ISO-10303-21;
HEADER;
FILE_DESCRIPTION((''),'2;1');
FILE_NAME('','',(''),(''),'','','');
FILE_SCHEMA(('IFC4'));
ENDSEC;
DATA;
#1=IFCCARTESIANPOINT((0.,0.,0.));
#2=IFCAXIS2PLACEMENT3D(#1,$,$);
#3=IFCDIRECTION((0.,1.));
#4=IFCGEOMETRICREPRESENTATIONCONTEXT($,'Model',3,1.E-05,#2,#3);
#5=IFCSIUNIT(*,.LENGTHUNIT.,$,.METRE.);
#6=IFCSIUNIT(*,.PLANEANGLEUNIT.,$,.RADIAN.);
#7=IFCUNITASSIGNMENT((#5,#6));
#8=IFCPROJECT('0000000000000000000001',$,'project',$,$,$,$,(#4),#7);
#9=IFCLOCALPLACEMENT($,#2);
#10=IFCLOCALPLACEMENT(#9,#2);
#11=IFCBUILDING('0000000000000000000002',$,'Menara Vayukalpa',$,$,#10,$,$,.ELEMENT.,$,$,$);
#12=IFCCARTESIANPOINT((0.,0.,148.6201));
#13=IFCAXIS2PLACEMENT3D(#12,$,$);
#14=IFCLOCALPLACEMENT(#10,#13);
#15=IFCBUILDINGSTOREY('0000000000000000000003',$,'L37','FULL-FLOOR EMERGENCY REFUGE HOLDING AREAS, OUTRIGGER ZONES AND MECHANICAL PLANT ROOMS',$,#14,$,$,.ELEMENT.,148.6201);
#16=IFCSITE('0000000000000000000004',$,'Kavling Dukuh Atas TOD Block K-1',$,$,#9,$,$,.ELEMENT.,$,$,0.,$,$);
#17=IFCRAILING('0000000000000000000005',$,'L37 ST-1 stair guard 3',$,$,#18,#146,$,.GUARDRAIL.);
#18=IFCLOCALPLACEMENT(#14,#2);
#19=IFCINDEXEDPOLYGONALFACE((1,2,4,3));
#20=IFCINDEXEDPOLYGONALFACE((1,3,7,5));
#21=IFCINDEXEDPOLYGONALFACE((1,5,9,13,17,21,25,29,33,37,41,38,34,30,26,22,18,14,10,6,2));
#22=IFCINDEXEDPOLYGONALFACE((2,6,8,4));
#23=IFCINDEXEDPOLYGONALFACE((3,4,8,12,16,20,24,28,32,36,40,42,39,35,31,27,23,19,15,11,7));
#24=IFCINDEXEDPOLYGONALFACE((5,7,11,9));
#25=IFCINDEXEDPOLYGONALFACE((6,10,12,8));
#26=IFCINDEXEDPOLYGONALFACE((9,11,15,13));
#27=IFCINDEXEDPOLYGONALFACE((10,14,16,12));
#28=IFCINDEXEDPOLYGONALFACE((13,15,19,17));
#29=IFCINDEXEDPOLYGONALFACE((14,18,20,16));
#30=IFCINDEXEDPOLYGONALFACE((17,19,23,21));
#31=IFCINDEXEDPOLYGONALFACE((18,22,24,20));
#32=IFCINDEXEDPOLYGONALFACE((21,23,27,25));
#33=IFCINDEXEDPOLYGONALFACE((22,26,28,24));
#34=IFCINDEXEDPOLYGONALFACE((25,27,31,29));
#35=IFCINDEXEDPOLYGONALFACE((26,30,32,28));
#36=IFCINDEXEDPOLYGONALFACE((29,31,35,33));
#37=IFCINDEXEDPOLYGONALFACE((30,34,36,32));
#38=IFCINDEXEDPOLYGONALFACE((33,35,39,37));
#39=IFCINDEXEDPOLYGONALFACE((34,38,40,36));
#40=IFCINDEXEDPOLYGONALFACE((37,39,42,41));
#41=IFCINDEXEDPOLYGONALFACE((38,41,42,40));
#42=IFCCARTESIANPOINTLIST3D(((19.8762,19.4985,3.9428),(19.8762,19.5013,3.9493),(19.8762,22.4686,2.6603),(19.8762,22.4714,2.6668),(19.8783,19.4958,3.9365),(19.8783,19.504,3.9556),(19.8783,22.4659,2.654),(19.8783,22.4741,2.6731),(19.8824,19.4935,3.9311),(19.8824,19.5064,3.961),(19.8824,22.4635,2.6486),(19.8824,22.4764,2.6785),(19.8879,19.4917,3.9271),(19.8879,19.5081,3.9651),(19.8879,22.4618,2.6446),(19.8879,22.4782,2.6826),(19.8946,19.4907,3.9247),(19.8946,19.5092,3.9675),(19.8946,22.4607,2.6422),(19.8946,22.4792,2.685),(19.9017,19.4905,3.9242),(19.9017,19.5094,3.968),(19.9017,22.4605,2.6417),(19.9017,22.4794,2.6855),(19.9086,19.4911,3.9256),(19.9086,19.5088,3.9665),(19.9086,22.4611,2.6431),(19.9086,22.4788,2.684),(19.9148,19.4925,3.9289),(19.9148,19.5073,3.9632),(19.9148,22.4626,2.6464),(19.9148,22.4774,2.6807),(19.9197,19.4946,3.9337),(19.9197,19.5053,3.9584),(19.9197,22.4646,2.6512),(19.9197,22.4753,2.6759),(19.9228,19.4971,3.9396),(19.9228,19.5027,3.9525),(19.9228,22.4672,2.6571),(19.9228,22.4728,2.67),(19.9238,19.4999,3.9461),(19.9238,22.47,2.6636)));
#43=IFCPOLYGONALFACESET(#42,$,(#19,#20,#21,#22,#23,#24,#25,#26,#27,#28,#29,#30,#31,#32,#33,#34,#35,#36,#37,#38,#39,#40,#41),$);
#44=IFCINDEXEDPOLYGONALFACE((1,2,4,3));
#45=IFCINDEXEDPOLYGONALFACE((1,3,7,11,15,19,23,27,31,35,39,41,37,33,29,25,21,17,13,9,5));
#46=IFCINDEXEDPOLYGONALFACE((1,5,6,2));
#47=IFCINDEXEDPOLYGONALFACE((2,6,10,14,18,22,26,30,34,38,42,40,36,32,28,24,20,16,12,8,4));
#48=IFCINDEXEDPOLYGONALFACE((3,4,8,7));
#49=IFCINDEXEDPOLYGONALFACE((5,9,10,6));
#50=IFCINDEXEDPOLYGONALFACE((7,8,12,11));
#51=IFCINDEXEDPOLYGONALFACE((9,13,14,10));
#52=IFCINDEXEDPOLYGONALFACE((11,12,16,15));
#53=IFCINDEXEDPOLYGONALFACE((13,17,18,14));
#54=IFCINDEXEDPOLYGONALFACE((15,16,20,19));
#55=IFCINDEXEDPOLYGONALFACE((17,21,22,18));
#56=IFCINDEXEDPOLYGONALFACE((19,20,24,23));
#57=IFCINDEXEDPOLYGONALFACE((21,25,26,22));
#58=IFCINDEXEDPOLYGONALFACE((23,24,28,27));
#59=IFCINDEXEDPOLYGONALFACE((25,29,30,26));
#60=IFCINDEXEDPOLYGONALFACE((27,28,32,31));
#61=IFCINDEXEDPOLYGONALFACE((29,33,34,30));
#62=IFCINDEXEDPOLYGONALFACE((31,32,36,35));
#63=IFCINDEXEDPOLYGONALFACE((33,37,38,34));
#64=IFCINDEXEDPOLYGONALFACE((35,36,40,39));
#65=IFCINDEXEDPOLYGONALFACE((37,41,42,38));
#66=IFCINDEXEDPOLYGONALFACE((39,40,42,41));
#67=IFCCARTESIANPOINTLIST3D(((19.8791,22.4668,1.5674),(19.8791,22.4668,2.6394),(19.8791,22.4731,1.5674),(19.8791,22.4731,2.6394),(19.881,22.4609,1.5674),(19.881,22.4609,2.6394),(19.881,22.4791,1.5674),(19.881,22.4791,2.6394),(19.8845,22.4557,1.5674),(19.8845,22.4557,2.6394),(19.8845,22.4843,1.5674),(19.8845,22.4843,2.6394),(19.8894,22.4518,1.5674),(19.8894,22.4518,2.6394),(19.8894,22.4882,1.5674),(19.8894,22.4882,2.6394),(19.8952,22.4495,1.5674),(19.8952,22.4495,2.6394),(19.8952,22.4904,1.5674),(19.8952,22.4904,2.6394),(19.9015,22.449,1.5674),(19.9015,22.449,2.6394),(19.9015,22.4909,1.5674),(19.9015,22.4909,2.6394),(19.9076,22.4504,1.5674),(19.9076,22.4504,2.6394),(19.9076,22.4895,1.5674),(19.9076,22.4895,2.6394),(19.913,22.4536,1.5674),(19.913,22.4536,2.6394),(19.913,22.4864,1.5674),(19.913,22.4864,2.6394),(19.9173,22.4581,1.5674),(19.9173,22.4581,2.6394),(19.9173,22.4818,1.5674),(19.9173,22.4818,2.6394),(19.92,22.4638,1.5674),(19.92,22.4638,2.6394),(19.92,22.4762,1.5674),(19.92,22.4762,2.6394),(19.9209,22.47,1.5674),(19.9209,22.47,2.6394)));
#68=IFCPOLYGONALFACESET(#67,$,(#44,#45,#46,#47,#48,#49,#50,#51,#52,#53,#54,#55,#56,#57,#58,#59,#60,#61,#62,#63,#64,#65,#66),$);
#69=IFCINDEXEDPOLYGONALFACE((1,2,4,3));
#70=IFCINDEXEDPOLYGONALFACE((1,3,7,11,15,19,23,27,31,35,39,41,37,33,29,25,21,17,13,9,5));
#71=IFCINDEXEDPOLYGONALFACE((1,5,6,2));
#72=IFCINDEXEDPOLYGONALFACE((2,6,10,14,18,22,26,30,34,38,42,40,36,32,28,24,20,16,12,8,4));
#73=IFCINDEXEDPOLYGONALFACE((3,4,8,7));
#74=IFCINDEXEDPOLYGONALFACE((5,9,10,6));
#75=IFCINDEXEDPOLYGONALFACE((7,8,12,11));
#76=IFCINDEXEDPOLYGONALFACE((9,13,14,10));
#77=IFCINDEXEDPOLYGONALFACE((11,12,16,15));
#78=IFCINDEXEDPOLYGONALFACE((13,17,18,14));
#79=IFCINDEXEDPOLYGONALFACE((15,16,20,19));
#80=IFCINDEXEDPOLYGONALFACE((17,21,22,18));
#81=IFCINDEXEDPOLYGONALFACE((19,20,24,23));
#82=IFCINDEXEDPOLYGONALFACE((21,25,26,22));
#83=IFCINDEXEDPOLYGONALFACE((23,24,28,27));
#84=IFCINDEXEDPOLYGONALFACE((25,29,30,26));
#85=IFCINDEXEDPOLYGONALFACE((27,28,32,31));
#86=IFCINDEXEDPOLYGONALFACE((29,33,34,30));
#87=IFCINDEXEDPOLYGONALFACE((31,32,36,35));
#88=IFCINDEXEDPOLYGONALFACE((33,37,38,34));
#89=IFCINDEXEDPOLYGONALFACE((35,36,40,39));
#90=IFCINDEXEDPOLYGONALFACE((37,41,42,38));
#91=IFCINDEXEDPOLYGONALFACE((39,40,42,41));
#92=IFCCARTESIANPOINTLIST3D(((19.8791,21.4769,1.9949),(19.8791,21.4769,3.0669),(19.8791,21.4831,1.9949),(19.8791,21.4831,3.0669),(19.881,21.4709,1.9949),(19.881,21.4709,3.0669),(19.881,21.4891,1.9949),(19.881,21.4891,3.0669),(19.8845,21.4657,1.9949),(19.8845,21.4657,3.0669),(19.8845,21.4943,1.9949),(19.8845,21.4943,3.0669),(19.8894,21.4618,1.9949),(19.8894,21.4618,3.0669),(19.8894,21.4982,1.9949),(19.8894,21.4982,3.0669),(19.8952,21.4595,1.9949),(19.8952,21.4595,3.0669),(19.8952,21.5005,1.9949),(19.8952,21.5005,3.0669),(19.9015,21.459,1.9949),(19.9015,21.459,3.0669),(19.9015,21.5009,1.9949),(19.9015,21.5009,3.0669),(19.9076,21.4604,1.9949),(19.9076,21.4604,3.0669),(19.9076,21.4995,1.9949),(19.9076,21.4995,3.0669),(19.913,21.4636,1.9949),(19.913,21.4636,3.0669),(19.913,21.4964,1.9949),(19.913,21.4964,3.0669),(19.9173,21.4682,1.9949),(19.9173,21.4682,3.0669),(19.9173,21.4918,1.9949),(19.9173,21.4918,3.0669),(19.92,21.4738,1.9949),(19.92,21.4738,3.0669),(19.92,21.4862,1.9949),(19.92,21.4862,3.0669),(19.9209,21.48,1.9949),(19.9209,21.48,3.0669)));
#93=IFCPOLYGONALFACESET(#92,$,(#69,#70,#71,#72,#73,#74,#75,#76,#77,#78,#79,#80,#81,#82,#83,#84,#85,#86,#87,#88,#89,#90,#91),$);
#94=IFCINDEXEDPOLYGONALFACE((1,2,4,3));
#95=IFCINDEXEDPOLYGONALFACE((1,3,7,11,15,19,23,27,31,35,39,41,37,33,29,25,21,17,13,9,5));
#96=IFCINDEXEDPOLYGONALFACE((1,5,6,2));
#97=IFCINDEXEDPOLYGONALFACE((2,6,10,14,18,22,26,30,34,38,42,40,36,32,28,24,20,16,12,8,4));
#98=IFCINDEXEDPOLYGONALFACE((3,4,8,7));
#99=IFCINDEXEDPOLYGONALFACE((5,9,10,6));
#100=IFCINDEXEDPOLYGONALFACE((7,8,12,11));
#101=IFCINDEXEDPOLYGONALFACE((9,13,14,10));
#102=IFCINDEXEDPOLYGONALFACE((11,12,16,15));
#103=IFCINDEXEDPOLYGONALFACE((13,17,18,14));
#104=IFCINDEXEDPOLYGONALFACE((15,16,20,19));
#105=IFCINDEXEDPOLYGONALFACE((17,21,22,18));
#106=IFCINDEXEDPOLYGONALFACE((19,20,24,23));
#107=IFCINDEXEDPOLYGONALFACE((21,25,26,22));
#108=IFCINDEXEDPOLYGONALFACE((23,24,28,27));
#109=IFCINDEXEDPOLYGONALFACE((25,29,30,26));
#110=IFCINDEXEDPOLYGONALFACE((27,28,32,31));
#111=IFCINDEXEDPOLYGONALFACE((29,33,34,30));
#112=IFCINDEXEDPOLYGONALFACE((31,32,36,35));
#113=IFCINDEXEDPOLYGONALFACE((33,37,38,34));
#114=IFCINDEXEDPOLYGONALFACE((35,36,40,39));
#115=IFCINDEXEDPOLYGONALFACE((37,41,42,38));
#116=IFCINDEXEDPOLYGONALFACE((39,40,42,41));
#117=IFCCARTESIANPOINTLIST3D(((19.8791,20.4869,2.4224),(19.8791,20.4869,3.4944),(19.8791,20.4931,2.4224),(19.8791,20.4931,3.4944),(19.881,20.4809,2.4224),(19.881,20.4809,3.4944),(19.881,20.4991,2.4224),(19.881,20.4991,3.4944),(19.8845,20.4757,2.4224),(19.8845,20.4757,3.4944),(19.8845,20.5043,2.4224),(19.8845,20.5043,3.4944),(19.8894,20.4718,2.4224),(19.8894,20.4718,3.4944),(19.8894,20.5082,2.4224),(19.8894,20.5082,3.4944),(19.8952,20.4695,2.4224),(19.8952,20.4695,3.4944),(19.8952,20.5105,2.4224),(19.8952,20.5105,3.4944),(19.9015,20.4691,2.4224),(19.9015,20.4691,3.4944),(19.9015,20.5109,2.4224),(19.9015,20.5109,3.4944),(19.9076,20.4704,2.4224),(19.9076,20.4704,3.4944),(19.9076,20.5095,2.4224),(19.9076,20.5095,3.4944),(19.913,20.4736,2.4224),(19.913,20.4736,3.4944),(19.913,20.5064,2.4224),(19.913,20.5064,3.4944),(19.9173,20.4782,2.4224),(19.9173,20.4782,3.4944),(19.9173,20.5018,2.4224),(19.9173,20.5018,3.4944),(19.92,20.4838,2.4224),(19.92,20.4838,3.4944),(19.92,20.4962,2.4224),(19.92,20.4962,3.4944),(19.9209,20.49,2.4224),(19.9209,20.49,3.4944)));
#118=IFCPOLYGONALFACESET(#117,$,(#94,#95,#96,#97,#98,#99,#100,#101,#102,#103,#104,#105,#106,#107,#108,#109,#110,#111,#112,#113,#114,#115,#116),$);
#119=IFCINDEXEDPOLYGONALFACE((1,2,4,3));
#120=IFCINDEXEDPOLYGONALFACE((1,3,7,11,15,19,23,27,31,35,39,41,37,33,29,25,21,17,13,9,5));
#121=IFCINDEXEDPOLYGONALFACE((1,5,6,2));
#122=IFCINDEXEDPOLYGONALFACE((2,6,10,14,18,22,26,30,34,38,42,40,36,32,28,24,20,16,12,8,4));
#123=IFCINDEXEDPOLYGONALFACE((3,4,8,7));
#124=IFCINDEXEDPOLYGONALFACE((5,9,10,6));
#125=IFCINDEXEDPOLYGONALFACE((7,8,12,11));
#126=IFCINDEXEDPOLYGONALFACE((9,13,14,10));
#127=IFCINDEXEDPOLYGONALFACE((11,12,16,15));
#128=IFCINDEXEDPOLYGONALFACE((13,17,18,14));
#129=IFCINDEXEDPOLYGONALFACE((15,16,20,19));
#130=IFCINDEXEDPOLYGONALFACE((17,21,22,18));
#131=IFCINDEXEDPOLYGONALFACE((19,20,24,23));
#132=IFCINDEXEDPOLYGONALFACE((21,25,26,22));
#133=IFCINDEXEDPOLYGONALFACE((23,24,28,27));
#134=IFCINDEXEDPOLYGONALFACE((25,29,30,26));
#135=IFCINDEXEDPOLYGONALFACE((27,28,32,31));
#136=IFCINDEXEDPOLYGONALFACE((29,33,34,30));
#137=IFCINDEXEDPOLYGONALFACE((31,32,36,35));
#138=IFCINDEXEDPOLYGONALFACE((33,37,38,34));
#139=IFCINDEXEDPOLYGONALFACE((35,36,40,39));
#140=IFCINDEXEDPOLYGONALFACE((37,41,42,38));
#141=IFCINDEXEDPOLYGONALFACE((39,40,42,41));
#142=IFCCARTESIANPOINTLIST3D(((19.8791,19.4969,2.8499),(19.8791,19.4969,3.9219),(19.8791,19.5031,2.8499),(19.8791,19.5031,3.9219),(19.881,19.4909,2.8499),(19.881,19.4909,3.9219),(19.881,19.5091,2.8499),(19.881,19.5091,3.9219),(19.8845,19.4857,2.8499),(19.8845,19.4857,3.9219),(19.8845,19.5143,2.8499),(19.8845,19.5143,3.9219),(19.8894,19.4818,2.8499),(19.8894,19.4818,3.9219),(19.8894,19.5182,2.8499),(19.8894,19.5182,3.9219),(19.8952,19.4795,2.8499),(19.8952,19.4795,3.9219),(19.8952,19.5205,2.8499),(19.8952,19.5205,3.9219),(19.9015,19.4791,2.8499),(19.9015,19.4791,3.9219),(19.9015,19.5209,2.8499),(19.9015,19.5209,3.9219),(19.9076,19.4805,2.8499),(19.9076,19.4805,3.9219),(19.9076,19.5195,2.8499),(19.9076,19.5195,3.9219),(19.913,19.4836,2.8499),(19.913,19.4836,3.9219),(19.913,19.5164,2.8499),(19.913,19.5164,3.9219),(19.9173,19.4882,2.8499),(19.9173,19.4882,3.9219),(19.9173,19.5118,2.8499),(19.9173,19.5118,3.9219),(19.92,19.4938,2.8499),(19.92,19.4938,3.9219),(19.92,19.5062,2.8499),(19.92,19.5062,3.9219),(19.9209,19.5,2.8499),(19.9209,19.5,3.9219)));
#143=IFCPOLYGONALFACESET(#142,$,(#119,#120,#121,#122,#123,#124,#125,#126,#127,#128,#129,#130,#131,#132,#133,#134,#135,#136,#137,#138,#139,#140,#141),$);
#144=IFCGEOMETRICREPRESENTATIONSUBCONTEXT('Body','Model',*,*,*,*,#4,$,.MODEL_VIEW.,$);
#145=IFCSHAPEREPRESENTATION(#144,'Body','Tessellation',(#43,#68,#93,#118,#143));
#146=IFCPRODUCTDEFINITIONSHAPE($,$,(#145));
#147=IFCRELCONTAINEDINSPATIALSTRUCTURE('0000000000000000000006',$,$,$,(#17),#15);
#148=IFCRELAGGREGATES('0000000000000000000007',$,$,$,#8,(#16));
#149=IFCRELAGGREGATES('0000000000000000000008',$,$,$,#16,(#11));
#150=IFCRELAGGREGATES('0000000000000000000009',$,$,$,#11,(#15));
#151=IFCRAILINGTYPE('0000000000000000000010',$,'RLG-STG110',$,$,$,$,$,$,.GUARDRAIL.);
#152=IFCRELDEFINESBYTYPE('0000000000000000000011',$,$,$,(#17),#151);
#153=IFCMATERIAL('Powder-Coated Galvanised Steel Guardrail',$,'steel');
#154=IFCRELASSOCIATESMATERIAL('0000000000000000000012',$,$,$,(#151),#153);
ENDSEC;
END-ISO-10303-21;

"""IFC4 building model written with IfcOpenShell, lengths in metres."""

from ifc_helpers import new_model, si_unit, direction, frame, origin, origin_2d, place, context, subcontext, project, spatial, circle, extrude, material, type_object, element, save


model = new_model("IFC4")

# Units and contexts
model_context = context("Model", 3, precision=1e-05, world=origin(), true_north=direction((0.0, 1.0)))
body_context = subcontext(model_context, "Body", "Model", "MODEL_VIEW")
ifc_project = project(units=[si_unit("LENGTHUNIT", "METRE"), si_unit("PLANEANGLEUNIT", "RADIAN")], contexts=[model_context])

# Site, building, storey
site_placement = place(None, origin())
site = spatial("IfcSite", under=ifc_project, at=site_placement, Name="Kavling Dukuh Atas TOD Block K-1", CompositionType="ELEMENT", RefElevation=0.0)
building_placement = place(site_placement, origin())
building = spatial("IfcBuilding", under=site, at=building_placement, Name="Menara Vayukalpa", CompositionType="ELEMENT")
storey_placement = place(building_placement, frame((0.0, 0.0, 148.6201)))
storey = spatial("IfcBuildingStorey", under=building, at=storey_placement, Name="L37", Description="FULL-FLOOR EMERGENCY REFUGE HOLDING AREAS, OUTRIGGER ZONES AND MECHANICAL PLANT ROOMS", CompositionType="ELEMENT", Elevation=148.6201)

# Railing
ifc_material_1 = material(Name="Powder-Coated Galvanised Steel Guardrail", Category="steel")
railing_type_1 = type_object("IfcRailingType", Name="RLG-STG110", PredefinedType="GUARDRAIL", material=ifc_material_1)
railing_1_placement = place(storey_placement, frame((19.8999, 22.47, 1.5674)))
element("IfcRailing", 1, at=railing_1_placement, inside=storey, type_object=railing_type_1, Name="L37 ST-1 stair guard 3", PredefinedType="GUARDRAIL", context=body_context, shape_type="SweptSolid", body=[
    extrude(circle(Radius=0.0239, at=origin_2d()), frame((0.0, 0.0, 1.0962), z_axis=(0.0, -0.918064, 0.396432), x_axis=(1.0, 0.0, 0.0)), (0.0, 0.0, 1.0), 3.2351),
    extrude(circle(Radius=0.021, at=origin_2d()), origin(), (0.0, 0.0, 1.0), 1.072),
    extrude(circle(Radius=0.021, at=origin_2d()), frame((0.0, -0.99, 0.4275)), (0.0, 0.0, 1.0), 1.072),
    extrude(circle(Radius=0.021, at=origin_2d()), frame((0.0, -1.98, 0.855)), (0.0, 0.0, 1.0), 1.072),
    extrude(circle(Radius=0.021, at=origin_2d()), frame((0.0, -2.97, 1.2825)), (0.0, 0.0, 1.0), 1.072),
])

save(model, "model.ifc")
